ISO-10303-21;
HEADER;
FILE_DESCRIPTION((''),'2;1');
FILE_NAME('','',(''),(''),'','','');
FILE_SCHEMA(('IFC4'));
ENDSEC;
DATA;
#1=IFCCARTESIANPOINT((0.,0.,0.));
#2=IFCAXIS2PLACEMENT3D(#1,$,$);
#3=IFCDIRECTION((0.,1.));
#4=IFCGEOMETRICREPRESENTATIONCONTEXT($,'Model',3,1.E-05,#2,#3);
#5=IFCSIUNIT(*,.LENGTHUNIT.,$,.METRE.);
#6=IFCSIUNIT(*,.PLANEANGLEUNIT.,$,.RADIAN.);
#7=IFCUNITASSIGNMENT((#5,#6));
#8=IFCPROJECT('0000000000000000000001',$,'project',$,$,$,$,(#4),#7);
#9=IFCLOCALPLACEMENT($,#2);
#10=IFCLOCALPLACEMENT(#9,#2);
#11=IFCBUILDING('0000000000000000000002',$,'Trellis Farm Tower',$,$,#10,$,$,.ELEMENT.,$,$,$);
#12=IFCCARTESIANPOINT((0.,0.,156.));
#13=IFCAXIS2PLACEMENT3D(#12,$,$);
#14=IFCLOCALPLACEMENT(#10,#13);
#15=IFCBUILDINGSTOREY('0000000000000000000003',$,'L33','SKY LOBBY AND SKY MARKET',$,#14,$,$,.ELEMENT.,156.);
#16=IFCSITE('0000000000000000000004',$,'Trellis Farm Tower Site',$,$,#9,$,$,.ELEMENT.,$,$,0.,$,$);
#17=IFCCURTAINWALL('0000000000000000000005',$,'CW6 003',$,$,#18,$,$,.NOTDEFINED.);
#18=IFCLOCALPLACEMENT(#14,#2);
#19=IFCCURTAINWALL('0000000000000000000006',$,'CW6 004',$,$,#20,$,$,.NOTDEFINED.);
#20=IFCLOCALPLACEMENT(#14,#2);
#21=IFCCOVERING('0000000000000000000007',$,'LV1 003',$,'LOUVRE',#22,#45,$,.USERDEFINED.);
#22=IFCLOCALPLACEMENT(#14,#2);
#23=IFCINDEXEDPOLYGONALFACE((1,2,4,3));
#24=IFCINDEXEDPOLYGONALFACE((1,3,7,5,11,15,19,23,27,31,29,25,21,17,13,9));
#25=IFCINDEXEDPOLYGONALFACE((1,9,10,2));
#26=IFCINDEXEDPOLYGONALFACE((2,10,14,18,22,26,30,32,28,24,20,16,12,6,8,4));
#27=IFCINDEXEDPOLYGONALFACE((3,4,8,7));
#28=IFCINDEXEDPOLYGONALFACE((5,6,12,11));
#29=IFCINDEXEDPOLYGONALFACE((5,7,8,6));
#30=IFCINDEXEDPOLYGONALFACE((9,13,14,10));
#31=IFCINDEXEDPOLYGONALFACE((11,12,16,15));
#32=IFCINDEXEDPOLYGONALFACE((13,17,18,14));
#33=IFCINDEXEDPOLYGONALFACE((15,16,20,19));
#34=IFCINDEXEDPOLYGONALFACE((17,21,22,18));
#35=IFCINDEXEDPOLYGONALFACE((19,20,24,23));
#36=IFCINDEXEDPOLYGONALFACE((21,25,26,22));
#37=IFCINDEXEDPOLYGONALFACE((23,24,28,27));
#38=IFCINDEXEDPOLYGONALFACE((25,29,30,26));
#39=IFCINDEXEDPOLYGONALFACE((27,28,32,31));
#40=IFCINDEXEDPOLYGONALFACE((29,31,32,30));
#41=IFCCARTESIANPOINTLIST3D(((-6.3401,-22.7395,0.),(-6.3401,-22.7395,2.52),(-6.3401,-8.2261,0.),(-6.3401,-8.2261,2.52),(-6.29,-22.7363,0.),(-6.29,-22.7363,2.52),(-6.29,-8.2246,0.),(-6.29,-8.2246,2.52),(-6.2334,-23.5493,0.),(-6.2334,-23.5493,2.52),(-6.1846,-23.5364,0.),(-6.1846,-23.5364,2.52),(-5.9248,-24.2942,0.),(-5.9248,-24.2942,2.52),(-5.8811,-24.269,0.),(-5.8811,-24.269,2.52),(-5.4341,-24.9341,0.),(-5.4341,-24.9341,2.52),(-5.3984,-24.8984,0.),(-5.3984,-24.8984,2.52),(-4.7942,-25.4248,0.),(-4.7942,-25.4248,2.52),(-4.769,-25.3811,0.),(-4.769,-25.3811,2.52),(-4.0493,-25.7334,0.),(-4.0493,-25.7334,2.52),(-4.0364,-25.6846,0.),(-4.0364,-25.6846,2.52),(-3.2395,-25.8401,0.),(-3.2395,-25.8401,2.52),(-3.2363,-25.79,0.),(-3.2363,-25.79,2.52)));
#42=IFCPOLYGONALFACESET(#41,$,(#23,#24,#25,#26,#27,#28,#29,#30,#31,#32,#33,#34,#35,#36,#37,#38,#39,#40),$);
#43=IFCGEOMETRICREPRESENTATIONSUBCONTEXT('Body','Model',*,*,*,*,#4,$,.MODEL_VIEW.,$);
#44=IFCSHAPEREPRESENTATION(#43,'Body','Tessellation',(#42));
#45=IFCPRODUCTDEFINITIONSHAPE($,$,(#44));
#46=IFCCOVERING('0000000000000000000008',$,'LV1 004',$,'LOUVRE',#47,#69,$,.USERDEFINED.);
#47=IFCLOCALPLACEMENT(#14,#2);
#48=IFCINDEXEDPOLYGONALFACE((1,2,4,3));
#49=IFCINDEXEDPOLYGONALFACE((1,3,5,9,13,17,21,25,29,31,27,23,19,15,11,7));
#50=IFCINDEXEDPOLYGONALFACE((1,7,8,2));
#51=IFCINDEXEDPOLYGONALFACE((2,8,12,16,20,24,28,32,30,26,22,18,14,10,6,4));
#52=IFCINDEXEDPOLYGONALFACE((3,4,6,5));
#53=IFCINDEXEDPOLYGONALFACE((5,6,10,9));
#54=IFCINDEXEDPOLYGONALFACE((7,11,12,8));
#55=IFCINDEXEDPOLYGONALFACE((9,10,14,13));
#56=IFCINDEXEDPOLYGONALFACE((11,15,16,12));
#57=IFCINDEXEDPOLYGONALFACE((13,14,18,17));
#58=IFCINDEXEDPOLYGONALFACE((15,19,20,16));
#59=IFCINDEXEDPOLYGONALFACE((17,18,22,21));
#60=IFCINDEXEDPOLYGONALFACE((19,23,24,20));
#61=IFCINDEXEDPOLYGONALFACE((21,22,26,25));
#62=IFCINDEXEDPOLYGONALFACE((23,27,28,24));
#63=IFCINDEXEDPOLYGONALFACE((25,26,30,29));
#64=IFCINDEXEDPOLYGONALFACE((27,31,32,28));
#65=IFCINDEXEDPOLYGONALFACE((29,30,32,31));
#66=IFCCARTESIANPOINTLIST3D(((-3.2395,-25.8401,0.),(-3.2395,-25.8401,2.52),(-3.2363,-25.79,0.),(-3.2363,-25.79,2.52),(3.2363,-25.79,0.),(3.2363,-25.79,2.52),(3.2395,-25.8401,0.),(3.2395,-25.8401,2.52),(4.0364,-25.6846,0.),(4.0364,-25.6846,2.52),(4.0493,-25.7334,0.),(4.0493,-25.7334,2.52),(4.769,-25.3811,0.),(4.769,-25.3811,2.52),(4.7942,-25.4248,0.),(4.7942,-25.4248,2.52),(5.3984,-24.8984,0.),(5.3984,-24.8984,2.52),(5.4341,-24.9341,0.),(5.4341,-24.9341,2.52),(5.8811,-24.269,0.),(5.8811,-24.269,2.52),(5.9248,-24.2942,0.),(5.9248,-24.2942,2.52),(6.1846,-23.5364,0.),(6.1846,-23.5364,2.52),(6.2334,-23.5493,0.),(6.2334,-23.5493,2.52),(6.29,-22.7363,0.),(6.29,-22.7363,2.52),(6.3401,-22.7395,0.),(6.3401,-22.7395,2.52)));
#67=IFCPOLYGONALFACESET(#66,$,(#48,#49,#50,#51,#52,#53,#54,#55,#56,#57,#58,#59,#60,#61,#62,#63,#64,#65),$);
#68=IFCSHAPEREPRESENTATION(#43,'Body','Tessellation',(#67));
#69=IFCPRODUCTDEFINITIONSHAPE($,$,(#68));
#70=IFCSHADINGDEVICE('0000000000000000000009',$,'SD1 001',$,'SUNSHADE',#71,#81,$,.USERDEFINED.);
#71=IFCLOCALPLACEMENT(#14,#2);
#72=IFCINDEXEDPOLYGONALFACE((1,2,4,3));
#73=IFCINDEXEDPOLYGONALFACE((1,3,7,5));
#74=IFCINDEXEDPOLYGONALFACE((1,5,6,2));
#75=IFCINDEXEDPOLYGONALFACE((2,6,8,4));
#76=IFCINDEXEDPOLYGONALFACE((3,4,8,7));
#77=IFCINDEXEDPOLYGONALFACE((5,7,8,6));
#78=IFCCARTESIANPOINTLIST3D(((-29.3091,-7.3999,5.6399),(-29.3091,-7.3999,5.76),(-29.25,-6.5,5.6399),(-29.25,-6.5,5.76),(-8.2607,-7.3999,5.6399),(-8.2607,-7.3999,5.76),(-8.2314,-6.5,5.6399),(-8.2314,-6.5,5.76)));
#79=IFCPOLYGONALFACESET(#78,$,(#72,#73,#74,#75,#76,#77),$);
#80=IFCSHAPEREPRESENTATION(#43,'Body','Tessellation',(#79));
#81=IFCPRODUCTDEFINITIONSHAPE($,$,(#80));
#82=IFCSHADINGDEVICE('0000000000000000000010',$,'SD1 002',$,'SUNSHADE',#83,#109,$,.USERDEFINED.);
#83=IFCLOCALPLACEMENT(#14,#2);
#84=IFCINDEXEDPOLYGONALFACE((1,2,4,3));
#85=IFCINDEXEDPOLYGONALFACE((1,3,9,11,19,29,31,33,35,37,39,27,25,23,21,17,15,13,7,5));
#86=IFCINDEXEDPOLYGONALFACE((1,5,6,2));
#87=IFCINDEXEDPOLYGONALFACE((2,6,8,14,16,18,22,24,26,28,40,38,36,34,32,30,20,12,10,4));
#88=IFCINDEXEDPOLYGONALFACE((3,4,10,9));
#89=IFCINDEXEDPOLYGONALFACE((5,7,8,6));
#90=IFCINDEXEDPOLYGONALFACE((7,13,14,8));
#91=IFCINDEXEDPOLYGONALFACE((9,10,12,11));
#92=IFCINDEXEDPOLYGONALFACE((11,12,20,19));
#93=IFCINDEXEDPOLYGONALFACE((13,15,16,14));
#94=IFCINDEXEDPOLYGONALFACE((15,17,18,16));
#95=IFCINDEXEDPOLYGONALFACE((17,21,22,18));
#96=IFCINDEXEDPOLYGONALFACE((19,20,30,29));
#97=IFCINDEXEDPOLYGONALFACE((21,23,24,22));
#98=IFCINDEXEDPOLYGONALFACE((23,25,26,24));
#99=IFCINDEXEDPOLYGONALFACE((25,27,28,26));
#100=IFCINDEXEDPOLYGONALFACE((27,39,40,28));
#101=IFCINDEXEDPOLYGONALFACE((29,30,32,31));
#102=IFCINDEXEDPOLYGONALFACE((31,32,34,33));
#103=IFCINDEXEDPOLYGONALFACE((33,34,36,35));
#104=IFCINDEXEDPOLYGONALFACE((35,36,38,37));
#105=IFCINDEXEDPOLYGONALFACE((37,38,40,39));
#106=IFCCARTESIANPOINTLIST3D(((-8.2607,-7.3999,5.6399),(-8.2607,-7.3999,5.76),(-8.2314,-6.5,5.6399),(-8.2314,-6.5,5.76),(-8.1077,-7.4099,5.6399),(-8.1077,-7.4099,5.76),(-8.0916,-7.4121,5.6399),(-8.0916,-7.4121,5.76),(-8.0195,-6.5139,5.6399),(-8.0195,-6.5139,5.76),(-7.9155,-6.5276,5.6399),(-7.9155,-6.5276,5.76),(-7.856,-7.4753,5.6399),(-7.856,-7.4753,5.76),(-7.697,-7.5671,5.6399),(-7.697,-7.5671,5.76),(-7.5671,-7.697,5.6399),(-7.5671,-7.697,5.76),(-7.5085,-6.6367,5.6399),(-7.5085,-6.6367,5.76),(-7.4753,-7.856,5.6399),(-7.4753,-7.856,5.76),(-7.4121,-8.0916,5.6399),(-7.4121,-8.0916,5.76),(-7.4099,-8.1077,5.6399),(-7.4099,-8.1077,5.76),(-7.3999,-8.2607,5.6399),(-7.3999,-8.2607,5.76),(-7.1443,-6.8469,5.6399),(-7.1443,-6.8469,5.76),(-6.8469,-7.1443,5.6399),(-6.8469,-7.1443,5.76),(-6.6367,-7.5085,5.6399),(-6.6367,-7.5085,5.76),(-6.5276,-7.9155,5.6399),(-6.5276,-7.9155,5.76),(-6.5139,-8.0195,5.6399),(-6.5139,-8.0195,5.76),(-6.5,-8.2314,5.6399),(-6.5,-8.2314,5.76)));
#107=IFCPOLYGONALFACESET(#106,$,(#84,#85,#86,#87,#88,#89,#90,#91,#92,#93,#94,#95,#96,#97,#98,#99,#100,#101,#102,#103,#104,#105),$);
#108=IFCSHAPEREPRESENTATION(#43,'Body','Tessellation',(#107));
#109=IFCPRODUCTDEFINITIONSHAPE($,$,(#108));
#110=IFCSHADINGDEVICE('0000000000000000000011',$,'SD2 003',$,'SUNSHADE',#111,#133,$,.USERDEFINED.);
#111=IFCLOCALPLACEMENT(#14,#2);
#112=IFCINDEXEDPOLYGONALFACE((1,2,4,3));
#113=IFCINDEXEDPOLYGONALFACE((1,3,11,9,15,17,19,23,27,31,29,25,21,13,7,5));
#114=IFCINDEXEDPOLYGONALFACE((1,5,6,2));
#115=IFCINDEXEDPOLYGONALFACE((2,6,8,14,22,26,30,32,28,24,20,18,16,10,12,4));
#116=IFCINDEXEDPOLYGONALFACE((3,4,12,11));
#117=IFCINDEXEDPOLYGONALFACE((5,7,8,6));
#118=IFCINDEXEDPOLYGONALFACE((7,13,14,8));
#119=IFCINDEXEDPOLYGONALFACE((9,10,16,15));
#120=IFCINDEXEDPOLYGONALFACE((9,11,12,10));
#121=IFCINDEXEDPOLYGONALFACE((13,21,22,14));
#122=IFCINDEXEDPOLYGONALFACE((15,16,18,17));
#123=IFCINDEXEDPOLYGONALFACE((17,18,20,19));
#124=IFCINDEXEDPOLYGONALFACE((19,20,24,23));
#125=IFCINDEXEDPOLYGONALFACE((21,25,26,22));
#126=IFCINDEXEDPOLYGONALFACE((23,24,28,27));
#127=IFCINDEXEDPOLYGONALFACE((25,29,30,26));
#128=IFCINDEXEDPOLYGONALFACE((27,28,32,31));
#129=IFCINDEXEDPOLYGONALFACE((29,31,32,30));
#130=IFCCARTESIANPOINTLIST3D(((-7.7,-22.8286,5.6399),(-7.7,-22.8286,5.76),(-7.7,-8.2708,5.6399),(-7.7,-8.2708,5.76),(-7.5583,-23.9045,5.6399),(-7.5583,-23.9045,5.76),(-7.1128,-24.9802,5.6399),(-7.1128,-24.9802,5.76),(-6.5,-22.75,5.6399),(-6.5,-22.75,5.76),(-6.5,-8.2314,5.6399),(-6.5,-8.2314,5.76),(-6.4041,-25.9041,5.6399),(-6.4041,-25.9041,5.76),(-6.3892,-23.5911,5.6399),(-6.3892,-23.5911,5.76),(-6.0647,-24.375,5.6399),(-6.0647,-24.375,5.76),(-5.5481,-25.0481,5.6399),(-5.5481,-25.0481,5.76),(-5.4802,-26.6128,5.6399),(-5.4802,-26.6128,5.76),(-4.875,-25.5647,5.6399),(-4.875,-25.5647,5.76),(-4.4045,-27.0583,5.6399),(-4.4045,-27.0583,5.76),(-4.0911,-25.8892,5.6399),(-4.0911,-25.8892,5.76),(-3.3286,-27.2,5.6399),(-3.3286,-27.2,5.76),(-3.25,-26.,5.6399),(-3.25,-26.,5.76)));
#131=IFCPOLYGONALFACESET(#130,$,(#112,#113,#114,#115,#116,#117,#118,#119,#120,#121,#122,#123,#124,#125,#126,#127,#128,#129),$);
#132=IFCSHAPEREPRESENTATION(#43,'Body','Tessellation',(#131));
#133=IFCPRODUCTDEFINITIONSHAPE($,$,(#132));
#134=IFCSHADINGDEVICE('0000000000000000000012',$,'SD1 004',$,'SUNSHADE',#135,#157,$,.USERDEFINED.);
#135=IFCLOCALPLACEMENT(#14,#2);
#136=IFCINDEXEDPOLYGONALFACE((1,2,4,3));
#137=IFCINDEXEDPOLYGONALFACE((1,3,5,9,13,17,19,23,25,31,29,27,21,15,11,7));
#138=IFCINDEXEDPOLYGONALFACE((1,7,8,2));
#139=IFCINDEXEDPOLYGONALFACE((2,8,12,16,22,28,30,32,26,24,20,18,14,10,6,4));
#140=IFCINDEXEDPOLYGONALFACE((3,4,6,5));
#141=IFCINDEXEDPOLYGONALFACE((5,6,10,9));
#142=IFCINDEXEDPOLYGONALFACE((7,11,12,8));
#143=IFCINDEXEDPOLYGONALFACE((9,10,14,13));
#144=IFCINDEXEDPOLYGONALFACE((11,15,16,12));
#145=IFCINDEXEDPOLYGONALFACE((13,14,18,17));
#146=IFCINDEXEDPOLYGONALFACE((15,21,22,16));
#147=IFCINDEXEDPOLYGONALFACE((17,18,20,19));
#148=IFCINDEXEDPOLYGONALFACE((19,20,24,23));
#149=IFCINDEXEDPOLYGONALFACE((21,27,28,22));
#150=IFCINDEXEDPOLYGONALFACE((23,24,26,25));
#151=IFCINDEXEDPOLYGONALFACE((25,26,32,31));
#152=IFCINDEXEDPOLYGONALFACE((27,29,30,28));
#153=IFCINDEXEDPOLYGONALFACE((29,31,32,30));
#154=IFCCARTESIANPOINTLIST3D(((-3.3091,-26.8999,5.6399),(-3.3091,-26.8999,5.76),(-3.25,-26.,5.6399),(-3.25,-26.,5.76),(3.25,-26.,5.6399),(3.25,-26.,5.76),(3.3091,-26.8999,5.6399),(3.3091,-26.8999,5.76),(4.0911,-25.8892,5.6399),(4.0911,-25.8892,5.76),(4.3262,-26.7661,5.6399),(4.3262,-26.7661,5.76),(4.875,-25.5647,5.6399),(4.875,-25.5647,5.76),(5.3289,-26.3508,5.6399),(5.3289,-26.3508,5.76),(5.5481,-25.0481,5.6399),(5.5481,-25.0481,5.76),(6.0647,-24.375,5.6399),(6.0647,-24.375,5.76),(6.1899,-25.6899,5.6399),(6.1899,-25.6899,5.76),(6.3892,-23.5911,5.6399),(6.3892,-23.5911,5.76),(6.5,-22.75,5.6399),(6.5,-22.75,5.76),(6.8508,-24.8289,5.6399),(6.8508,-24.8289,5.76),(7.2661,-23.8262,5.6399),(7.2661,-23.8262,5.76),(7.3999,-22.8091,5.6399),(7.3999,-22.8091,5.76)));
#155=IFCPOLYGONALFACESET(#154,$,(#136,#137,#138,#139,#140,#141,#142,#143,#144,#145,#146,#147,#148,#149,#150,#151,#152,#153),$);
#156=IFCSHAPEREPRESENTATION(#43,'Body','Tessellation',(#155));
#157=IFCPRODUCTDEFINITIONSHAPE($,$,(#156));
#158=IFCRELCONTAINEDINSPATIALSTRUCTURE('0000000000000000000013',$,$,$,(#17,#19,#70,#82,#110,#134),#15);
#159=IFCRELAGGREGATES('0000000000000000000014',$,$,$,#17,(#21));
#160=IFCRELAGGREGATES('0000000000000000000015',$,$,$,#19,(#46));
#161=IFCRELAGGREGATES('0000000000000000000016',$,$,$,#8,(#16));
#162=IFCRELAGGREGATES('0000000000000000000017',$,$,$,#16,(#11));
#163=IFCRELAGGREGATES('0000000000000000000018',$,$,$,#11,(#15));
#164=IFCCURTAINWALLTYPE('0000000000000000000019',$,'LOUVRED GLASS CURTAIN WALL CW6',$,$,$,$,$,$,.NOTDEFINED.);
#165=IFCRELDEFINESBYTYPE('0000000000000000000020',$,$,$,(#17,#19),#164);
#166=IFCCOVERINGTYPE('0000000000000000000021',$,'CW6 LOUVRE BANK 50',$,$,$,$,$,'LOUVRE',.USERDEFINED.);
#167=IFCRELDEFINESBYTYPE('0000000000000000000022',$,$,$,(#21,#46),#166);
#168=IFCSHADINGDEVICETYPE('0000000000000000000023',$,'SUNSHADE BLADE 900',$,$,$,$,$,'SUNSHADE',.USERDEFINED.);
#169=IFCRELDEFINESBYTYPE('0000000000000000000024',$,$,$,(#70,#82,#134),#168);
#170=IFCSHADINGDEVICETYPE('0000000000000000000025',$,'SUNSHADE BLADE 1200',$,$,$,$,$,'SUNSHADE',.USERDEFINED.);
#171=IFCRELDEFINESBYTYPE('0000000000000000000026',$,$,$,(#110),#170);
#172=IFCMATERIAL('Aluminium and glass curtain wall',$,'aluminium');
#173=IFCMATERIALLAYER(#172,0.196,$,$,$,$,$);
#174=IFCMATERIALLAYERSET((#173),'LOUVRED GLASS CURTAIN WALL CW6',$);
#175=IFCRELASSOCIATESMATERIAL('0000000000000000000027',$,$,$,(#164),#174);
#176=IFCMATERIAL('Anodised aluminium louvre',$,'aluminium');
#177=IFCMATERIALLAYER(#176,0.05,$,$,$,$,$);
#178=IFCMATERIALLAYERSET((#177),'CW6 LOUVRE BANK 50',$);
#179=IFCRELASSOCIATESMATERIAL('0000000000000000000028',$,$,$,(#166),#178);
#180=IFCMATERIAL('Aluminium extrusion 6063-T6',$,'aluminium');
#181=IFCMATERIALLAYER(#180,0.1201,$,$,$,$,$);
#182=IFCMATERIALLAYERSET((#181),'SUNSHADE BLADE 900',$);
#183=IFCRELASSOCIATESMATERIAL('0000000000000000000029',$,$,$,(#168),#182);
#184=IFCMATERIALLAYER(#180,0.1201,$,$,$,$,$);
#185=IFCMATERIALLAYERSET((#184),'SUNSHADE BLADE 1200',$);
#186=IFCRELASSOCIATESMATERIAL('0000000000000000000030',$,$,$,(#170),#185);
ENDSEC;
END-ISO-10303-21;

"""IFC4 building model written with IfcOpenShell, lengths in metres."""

from ifc_helpers import new_model, si_unit, direction, frame, origin, place, context, subcontext, project, spatial, polyline, outline, extrude, source, transform, mapped, material, layer, layer_set, type_object, element, aggregate, save


model = new_model("IFC4")

# Units and contexts
model_context = context("Model", 3, precision=1e-05, world=origin(), true_north=direction((0.0, 1.0)))
body_context = subcontext(model_context, "Body", "Model", "MODEL_VIEW")
ifc_project = project(units=[si_unit("LENGTHUNIT", "METRE"), si_unit("PLANEANGLEUNIT", "RADIAN")], contexts=[model_context])

# Site, building, storey
site_placement = place(None, origin())
site = spatial("IfcSite", under=ifc_project, at=site_placement, Name="Trellis Farm Tower Site", CompositionType="ELEMENT", RefElevation=0.0)
building_placement = place(site_placement, origin())
building = spatial("IfcBuilding", under=site, at=building_placement, Name="Trellis Farm Tower", CompositionType="ELEMENT")
storey_placement = place(building_placement, frame((0.0, 0.0, 156.0)))
storey = spatial("IfcBuildingStorey", under=building, at=storey_placement, Name="L33", Description="SKY LOBBY AND SKY MARKET", CompositionType="ELEMENT", Elevation=156.0)

# Curtain walls
ifc_material_1 = material(Name="Aluminium and glass curtain wall", Category="aluminium")
ifc_layer_1 = layer(ifc_material_1, 0.196)
ifc_layer_set_1 = layer_set([ifc_layer_1], Name="LOUVRED GLASS CURTAIN WALL CW6")
curtain_wall_type = type_object("IfcCurtainWallType", Name="LOUVRED GLASS CURTAIN WALL CW6", PredefinedType="NOTDEFINED", material=ifc_layer_set_1)
placement_1 = place(storey_placement, origin())
curtain_wall_1 = element("IfcCurtainWall", 1, at=placement_1, inside=storey, type_object=curtain_wall_type, Name="CW6 003", PredefinedType="NOTDEFINED")
ifc_material_2 = material(Name="Aluminium extrusion 6063-T6", Category="aluminium")
curtain_wall_2 = element("IfcCurtainWall", 2, at=placement_1, inside=storey, type_object=curtain_wall_type, Name="CW6 004", PredefinedType="NOTDEFINED")

# Coverings
ifc_material_3 = material(Name="Anodised aluminium louvre", Category="aluminium")
ifc_layer_2 = layer(ifc_material_3, 0.05)
ifc_layer_set_2 = layer_set([ifc_layer_2], Name="CW6 LOUVRE BANK 50")
covering_type = type_object("IfcCoveringType", Name="CW6 LOUVRE BANK 50", ElementType="LOUVRE", PredefinedType="USERDEFINED", material=ifc_layer_set_2)
covering_1 = element("IfcCovering", 3, at=placement_1, type_object=covering_type, Name="LV1 003", ObjectType="LOUVRE", PredefinedType="USERDEFINED", context=body_context, shape_type="SweptSolid", body=[
    extrude(outline(polyline([(-6.3401, -8.2261), (-6.3401, -22.7395), (-6.2334, -23.5493), (-5.9248, -24.2942), (-5.4341, -24.9341), (-4.7942, -25.4248), (-4.0493, -25.7334), (-3.2395, -25.8401), (-3.2363, -25.79), (-4.0364, -25.6846), (-4.769, -25.3811), (-5.3984, -24.8984), (-5.8811, -24.269), (-6.1846, -23.5364), (-6.29, -22.7363), (-6.29, -8.2246), (-6.3401, -8.2261)])), origin(), (0.0, 0.0, 1.0), 2.52),
])
aggregate(curtain_wall_1, [covering_1])
covering_2 = element("IfcCovering", 4, at=placement_1, type_object=covering_type, Name="LV1 004", ObjectType="LOUVRE", PredefinedType="USERDEFINED", context=body_context, shape_type="SweptSolid", body=[
    extrude(outline(polyline([(-3.2395, -25.8401), (3.2395, -25.8401), (4.0493, -25.7334), (4.7942, -25.4248), (5.4341, -24.9341), (5.9248, -24.2942), (6.2334, -23.5493), (6.3401, -22.7395), (6.29, -22.7363), (6.1846, -23.5364), (5.8811, -24.269), (5.3984, -24.8984), (4.769, -25.3811), (4.0364, -25.6846), (3.2363, -25.79), (-3.2363, -25.79), (-3.2395, -25.8401)])), origin(), (0.0, 0.0, 1.0), 2.52),
])
aggregate(curtain_wall_2, [covering_2])

# Shading devices
ifc_layer_3 = layer(ifc_material_2, 0.1201)
ifc_layer_set_3 = layer_set([ifc_layer_3], Name="SUNSHADE BLADE 900")
shading_device_type_1 = type_object("IfcShadingDeviceType", Name="SUNSHADE BLADE 900", ElementType="SUNSHADE", PredefinedType="USERDEFINED", material=ifc_layer_set_3)
shared_shape_1 = source(origin(), body_context, "Body", "SweptSolid", [
    extrude(outline(polyline([(-29.3091, -7.3999), (-8.2607, -7.3999), (-8.2314, -6.5), (-29.25, -6.5), (-29.3091, -7.3999)])), origin(), (0.0, 0.0, 1.0), 0.1201),
])
placement_2 = place(storey_placement, frame((0.0, 0.0, 5.6399)))
element("IfcShadingDevice", 5, at=placement_2, inside=storey, type_object=shading_device_type_1, Name="SD1 001", ObjectType="SUNSHADE", PredefinedType="USERDEFINED", context=body_context, shape_type="MappedRepresentation", body=[
    mapped(shared_shape_1, transform((0.0, 0.0, 0.0))),
])
shared_shape_2 = source(origin(), body_context, "Body", "SweptSolid", [
    extrude(outline(polyline([(-8.2607, -7.3999), (-8.1077, -7.4099), (-8.0916, -7.4121), (-7.856, -7.4753), (-7.697, -7.5671), (-7.5671, -7.697), (-7.4753, -7.856), (-7.4121, -8.0916), (-7.4099, -8.1077), (-7.3999, -8.2607), (-6.5, -8.2314), (-6.5139, -8.0195), (-6.5276, -7.9155), (-6.6367, -7.5085), (-6.8469, -7.1443), (-7.1443, -6.8469), (-7.5085, -6.6367), (-7.9155, -6.5276), (-8.0195, -6.5139), (-8.2314, -6.5), (-8.2607, -7.3999)])), origin(), (0.0, 0.0, 1.0), 0.1201),
])
element("IfcShadingDevice", 6, at=placement_2, inside=storey, type_object=shading_device_type_1, Name="SD1 002", ObjectType="SUNSHADE", PredefinedType="USERDEFINED", context=body_context, shape_type="MappedRepresentation", body=[
    mapped(shared_shape_2, transform((0.0, 0.0, 0.0))),
])
ifc_layer_4 = layer(ifc_material_2, 0.1201)
ifc_layer_set_4 = layer_set([ifc_layer_4], Name="SUNSHADE BLADE 1200")
shading_device_type_2 = type_object("IfcShadingDeviceType", Name="SUNSHADE BLADE 1200", ElementType="SUNSHADE", PredefinedType="USERDEFINED", material=ifc_layer_set_4)
shared_shape_3 = source(origin(), body_context, "Body", "SweptSolid", [
    extrude(outline(polyline([(-7.7, -8.2708), (-7.7, -22.8286), (-7.5583, -23.9045), (-7.1128, -24.9802), (-6.4041, -25.9041), (-5.4802, -26.6128), (-4.4045, -27.0583), (-3.3286, -27.2), (-3.25, -26.0), (-4.0911, -25.8892), (-4.875, -25.5647), (-5.5481, -25.0481), (-6.0647, -24.375), (-6.3892, -23.5911), (-6.5, -22.75), (-6.5, -8.2314), (-7.7, -8.2708)])), origin(), (0.0, 0.0, 1.0), 0.1201),
])
element("IfcShadingDevice", 7, at=placement_2, inside=storey, type_object=shading_device_type_2, Name="SD2 003", ObjectType="SUNSHADE", PredefinedType="USERDEFINED", context=body_context, shape_type="MappedRepresentation", body=[
    mapped(shared_shape_3, transform((0.0, 0.0, 0.0))),
])
shared_shape_4 = source(origin(), body_context, "Body", "SweptSolid", [
    extrude(outline(polyline([(-3.3091, -26.8999), (3.3091, -26.8999), (4.3262, -26.7661), (5.3289, -26.3508), (6.1899, -25.6899), (6.8508, -24.8289), (7.2661, -23.8262), (7.3999, -22.8091), (6.5, -22.75), (6.3892, -23.5911), (6.0647, -24.375), (5.5481, -25.0481), (4.875, -25.5647), (4.0911, -25.8892), (3.25, -26.0), (-3.25, -26.0), (-3.3091, -26.8999)])), origin(), (0.0, 0.0, 1.0), 0.1201),
])
element("IfcShadingDevice", 8, at=placement_2, inside=storey, type_object=shading_device_type_1, Name="SD1 004", ObjectType="SUNSHADE", PredefinedType="USERDEFINED", context=body_context, shape_type="MappedRepresentation", body=[
    mapped(shared_shape_4, transform((0.0, 0.0, 0.0))),
])

save(model, "model.ifc")
